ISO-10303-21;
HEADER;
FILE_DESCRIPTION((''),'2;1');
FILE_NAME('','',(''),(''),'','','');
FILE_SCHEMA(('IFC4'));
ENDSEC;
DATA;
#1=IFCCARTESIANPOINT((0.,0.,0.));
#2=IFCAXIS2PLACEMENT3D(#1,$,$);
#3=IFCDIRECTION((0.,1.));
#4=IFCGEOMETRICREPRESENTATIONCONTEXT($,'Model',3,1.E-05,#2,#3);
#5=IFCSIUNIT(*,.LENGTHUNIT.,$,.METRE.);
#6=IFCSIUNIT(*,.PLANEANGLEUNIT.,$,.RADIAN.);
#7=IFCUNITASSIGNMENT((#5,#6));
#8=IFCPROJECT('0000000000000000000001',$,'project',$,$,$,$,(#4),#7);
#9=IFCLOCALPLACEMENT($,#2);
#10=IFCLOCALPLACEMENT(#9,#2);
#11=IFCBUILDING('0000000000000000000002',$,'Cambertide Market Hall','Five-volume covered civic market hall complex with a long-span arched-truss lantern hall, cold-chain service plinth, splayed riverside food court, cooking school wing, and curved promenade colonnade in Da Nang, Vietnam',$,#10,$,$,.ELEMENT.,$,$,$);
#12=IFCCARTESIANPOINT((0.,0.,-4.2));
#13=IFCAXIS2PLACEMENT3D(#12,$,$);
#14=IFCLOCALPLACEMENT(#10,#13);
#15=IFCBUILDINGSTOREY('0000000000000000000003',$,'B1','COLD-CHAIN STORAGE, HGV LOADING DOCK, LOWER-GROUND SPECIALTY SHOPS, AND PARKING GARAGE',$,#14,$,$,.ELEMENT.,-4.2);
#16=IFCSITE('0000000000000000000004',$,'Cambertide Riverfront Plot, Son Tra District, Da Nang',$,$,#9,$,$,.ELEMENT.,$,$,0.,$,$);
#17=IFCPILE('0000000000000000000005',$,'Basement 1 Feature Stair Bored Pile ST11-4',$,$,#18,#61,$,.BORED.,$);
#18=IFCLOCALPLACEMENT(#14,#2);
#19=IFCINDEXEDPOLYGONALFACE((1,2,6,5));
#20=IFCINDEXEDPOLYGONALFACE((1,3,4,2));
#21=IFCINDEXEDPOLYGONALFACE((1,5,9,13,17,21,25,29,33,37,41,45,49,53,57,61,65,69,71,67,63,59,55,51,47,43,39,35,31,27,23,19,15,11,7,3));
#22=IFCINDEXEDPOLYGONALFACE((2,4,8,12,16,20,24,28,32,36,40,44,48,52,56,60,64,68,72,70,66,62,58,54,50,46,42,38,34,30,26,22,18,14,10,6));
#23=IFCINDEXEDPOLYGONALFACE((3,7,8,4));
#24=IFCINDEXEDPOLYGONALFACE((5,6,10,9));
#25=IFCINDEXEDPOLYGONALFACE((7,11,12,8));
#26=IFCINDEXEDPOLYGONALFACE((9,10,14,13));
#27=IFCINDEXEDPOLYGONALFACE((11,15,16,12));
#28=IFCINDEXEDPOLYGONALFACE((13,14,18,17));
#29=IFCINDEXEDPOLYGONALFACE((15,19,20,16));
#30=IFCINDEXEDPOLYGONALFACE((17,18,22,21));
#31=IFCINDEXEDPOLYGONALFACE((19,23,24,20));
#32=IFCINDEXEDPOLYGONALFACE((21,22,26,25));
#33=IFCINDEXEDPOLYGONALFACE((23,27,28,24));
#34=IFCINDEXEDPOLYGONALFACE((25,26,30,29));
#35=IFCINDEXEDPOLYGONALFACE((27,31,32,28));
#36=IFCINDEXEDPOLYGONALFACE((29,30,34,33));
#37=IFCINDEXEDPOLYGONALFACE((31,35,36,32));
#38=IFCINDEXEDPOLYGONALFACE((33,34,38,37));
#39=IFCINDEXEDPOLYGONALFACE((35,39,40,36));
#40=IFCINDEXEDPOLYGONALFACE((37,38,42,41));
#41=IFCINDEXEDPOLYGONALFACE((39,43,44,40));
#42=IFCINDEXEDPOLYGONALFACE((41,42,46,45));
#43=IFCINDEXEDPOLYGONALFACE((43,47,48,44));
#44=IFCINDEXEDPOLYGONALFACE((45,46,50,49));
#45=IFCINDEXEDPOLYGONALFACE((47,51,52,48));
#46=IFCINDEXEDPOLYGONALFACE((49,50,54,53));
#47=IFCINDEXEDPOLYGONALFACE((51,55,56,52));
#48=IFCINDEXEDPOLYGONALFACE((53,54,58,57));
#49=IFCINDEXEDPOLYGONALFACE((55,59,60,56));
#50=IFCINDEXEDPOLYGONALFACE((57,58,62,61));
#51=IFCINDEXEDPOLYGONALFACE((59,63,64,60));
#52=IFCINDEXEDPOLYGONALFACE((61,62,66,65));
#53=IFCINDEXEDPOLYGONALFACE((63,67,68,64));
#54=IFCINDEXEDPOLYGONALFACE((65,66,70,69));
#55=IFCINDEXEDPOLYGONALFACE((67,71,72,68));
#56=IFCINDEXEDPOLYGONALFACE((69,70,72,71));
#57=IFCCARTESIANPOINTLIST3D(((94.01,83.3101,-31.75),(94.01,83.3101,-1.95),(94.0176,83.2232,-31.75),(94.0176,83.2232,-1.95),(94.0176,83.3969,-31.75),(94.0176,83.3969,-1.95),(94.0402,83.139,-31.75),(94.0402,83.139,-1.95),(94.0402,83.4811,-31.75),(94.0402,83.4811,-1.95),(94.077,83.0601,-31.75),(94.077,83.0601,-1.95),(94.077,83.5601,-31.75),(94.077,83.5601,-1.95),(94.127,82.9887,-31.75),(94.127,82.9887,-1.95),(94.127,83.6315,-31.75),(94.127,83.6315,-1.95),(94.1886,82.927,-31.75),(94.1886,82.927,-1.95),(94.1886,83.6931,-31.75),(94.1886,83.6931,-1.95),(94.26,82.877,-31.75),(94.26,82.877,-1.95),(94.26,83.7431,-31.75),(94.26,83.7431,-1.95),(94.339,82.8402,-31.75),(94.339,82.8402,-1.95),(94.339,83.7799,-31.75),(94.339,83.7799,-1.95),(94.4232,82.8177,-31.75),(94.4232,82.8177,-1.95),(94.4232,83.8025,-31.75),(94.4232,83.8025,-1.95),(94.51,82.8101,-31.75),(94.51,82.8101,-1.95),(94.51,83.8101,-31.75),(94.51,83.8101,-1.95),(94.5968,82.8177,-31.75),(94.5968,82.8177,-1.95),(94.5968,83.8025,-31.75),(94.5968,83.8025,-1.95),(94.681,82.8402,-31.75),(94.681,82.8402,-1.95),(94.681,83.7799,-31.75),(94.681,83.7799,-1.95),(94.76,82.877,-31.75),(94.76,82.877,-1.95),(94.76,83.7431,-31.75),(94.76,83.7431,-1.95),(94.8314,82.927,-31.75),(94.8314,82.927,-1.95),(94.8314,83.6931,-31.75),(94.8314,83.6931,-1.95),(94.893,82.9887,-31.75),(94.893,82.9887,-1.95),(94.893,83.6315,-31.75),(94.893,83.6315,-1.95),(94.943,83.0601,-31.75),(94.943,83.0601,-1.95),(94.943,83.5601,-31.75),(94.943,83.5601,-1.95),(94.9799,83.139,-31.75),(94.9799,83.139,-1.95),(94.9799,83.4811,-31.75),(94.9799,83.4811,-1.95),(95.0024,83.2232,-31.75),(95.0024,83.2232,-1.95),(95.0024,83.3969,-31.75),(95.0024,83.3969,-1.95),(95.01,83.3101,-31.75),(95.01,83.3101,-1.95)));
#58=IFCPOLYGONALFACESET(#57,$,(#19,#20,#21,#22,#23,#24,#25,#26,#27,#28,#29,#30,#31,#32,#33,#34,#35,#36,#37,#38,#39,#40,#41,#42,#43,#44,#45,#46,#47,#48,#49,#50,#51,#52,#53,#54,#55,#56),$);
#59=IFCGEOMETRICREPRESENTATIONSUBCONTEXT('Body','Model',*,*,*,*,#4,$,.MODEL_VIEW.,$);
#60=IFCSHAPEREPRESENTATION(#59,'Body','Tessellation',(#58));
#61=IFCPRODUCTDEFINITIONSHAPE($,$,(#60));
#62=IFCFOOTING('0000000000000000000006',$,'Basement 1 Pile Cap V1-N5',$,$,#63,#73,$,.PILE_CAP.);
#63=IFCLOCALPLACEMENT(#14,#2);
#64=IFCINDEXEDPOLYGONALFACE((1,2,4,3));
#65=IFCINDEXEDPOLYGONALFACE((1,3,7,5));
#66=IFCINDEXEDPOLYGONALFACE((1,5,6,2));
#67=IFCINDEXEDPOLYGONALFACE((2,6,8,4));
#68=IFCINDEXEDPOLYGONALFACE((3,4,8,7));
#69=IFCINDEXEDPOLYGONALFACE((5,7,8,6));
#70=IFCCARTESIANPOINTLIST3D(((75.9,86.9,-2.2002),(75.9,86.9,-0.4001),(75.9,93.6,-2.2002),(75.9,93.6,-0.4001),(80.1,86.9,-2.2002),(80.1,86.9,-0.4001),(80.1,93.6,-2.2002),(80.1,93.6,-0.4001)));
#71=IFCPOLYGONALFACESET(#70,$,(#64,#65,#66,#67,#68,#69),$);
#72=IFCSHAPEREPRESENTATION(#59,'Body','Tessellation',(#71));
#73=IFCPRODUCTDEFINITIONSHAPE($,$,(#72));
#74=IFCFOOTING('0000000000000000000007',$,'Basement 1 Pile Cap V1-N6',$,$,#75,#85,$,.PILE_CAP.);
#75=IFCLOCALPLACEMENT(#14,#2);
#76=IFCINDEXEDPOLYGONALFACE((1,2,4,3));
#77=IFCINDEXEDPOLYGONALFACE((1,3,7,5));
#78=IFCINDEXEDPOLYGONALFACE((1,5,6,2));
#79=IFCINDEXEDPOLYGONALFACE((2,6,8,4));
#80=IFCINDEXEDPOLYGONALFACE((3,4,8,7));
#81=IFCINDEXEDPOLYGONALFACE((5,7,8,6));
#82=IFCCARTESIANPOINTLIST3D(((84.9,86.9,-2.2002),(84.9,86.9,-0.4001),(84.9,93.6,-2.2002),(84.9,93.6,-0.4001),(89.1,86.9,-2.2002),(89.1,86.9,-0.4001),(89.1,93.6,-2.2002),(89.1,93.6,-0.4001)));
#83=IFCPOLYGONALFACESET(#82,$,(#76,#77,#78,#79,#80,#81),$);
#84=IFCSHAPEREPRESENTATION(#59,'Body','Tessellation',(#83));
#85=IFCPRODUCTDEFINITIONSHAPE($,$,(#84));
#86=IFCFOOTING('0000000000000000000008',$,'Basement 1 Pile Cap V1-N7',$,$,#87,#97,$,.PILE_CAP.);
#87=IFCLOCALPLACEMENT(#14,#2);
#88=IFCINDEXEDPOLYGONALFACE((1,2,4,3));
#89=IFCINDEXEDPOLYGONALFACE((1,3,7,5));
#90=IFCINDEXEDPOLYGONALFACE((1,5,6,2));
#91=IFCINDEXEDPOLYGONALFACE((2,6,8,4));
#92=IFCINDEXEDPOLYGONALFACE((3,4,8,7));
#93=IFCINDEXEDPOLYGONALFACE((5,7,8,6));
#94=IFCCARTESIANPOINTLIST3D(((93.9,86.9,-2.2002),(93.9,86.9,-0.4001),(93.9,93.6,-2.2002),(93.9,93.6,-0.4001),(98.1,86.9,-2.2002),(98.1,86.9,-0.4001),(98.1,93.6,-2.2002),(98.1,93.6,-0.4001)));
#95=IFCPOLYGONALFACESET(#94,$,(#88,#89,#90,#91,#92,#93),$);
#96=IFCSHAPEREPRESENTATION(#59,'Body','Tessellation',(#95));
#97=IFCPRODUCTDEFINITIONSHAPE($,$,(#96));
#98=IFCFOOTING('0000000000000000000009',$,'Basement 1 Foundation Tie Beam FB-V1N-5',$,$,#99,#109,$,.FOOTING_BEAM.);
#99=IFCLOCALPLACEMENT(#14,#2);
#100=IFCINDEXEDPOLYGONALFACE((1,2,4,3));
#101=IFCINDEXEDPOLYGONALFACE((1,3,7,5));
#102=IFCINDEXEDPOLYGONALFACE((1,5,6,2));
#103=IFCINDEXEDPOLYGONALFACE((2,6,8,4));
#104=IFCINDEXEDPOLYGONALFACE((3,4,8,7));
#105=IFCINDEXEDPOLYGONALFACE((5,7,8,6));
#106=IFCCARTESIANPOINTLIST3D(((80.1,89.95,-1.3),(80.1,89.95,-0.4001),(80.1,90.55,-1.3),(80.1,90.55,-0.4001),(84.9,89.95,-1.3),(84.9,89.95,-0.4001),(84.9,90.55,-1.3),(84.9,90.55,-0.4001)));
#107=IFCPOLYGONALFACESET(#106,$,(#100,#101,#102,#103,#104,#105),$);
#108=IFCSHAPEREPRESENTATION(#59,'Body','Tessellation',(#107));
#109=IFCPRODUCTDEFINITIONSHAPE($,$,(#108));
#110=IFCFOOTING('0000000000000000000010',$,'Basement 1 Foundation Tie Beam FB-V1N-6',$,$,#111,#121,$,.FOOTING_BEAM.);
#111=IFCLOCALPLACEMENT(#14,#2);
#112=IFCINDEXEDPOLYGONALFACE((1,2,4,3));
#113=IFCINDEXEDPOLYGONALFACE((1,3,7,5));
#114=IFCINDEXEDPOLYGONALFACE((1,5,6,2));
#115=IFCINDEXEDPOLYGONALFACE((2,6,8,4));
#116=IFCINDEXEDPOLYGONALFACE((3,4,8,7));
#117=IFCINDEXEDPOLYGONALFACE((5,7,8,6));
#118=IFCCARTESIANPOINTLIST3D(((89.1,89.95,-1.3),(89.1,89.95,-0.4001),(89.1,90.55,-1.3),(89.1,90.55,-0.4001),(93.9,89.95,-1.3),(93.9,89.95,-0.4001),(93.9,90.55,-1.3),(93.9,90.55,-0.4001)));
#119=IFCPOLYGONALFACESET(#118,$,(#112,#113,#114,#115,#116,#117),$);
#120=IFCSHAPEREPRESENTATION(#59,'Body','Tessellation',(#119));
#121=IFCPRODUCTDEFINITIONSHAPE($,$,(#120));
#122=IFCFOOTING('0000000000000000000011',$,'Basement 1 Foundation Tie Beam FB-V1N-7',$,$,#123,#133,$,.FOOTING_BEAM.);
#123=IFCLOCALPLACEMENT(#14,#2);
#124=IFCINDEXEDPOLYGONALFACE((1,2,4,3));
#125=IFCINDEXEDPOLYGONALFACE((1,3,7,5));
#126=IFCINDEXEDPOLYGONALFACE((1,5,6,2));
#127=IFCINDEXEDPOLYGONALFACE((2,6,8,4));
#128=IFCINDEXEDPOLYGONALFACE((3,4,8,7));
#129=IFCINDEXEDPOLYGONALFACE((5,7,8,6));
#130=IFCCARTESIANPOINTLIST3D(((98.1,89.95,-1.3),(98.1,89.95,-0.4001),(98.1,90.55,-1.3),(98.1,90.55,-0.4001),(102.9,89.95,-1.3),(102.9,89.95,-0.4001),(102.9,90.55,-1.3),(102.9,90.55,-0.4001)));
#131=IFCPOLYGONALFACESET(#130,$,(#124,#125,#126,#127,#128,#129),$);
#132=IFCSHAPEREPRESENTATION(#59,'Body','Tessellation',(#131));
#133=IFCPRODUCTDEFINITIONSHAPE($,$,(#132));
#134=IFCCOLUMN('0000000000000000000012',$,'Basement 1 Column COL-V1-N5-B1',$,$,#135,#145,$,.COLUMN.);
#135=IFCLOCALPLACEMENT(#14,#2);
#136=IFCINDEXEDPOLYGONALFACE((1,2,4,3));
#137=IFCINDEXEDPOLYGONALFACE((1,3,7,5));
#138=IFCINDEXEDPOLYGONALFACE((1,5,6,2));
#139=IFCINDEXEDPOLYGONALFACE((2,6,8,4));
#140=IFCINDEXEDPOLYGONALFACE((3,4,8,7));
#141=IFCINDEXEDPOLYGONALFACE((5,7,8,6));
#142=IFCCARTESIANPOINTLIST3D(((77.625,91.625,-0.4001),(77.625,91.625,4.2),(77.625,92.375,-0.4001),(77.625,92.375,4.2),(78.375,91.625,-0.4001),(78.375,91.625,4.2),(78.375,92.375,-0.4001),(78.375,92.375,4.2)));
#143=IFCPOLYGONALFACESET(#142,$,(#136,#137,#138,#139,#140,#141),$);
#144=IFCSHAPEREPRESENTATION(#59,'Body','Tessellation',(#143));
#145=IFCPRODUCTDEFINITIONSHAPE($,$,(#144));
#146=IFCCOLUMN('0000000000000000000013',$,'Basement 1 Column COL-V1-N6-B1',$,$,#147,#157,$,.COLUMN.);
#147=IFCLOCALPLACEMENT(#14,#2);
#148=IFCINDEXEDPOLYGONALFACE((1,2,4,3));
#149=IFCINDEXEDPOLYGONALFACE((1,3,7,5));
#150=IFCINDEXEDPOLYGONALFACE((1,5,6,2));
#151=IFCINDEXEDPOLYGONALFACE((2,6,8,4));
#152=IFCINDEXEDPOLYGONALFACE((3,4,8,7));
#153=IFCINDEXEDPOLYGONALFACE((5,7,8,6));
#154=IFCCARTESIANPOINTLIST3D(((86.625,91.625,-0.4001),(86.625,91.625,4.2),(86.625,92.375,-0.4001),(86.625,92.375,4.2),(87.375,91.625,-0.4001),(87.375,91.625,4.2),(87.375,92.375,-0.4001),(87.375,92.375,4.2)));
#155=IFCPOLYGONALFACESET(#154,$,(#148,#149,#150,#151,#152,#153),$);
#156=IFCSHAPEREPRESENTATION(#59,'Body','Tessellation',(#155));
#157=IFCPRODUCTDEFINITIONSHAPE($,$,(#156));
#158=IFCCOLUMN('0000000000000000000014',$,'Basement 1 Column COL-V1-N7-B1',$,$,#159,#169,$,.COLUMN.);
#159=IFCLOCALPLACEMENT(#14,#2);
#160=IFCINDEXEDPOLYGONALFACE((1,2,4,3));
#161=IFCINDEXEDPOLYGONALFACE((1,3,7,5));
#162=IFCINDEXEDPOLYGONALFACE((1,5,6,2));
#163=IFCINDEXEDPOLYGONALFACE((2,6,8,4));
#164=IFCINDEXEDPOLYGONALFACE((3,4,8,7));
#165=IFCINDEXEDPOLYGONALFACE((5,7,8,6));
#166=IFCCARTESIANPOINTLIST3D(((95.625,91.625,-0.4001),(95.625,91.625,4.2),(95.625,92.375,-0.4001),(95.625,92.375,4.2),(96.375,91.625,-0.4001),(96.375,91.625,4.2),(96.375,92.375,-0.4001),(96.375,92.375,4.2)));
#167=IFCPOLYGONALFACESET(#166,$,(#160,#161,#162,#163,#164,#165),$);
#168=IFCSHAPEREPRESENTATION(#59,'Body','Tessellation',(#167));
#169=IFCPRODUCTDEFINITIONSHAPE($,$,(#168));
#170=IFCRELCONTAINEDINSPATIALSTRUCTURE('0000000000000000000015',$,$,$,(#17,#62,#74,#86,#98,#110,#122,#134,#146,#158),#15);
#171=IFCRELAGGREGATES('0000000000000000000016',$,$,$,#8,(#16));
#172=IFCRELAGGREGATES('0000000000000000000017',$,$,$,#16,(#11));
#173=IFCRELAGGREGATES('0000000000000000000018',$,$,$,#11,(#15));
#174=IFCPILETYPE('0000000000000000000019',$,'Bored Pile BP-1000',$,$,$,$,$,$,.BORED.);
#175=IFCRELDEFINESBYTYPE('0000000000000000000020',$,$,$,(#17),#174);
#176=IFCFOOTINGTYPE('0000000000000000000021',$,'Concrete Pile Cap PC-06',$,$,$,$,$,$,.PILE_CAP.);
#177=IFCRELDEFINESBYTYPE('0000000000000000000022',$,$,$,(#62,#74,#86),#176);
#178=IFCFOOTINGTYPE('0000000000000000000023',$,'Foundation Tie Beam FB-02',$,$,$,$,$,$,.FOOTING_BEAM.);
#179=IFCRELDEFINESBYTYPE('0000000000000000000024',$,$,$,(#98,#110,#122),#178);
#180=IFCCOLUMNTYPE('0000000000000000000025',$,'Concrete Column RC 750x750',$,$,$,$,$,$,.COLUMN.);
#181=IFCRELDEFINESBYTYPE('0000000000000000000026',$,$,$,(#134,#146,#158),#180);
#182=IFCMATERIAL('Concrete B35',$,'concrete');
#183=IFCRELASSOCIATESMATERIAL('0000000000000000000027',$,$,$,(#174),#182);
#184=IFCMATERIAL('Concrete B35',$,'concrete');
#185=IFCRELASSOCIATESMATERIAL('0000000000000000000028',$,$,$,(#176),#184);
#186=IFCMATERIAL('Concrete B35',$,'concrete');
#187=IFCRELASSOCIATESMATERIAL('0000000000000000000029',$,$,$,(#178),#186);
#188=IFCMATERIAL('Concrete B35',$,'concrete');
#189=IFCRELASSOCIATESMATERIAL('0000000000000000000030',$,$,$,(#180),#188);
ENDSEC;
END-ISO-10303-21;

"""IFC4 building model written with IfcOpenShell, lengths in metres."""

from ifc_helpers import new_model, si_unit, direction, frame, origin, origin_2d, place, context, subcontext, project, spatial, rectangle, circle, extrude, material, material_profile, profile_set, type_object, element, save


model = new_model("IFC4")

# Units and contexts
model_context = context("Model", 3, precision=1e-05, world=origin(), true_north=direction((0.0, 1.0)))
body_context = subcontext(model_context, "Body", "Model", "MODEL_VIEW")
ifc_project = project(units=[si_unit("LENGTHUNIT", "METRE"), si_unit("PLANEANGLEUNIT", "RADIAN")], contexts=[model_context])

# Site, building, storey
site_placement = place(None, origin())
site = spatial("IfcSite", under=ifc_project, at=site_placement, Name="Cambertide Riverfront Plot, Son Tra District, Da Nang", CompositionType="ELEMENT", RefElevation=0.0)
building_placement = place(site_placement, origin())
building = spatial("IfcBuilding", under=site, at=building_placement, Name="Cambertide Market Hall", Description="Five-volume covered civic market hall complex with a long-span arched-truss lantern hall, cold-chain service plinth, splayed riverside food court, cooking school wing, and curved promenade colonnade in Da Nang, Vietnam", CompositionType="ELEMENT")
storey_placement = place(building_placement, frame((0.0, 0.0, -4.2)))
storey = spatial("IfcBuildingStorey", under=building, at=storey_placement, Name="B1", Description="COLD-CHAIN STORAGE, HGV LOADING DOCK, LOWER-GROUND SPECIALTY SHOPS, AND PARKING GARAGE", CompositionType="ELEMENT", Elevation=-4.2)

# Pile
ifc_material_1 = material(Name="Concrete B35", Category="concrete")
ifc_material_profile_1 = material_profile(ifc_material_1, circle(Radius=0.5, at=origin_2d()), Name="BP D1000")
ifc_profile_set_1 = profile_set([ifc_material_profile_1], Name="Concrete B35")
pile_type = type_object("IfcPileType", Name="Bored Pile BP-1000", PredefinedType="BORED", material=ifc_profile_set_1)
for number, where, z_axis, x_axis, name in (
    (1, (94.51, 83.3101, -1.95), (0.0, 0.0, -1.0), (1.0, 0.0, 0.0), "Basement 1 Feature Stair Bored Pile ST11-4"),
):
    element("IfcPile", number, at=place(storey_placement, frame(where, z_axis=z_axis, x_axis=x_axis)), inside=storey, type_object=pile_type, Name=name, PredefinedType="BORED", context=body_context, shape_type="SweptSolid", body=[
        extrude(circle(Radius=0.5, at=origin_2d()), origin(), (0.0, 0.0, 1.0), 29.8),
    ])

# Footings
ifc_material_2 = material(Name="Concrete B35", Category="concrete")
footing_type_1 = type_object("IfcFootingType", Name="Concrete Pile Cap PC-06", PredefinedType="PILE_CAP", material=ifc_material_2)
for number, where, z_axis, x_axis, name in (
    (2, (78.0, 90.25, -2.2002), (0.0, 0.0, 1.0), (1.0, 0.0, 0.0), "Basement 1 Pile Cap V1-N5"),
    (3, (87.0, 90.25, -2.2002), (0.0, 0.0, 1.0), (1.0, 0.0, 0.0), "Basement 1 Pile Cap V1-N6"),
    (4, (96.0, 90.25, -2.2002), (0.0, 0.0, 1.0), (1.0, 0.0, 0.0), "Basement 1 Pile Cap V1-N7"),
):
    element("IfcFooting", number, at=place(storey_placement, frame(where, z_axis=z_axis, x_axis=x_axis)), inside=storey, type_object=footing_type_1, Name=name, PredefinedType="PILE_CAP", context=body_context, shape_type="SweptSolid", body=[
        extrude(rectangle(XDim=4.2, YDim=6.7, at=origin_2d()), origin(), (0.0, 0.0, 1.0), 1.8),
    ])
ifc_material_3 = material(Name="Concrete B35", Category="concrete")
footing_type_2 = type_object("IfcFootingType", Name="Foundation Tie Beam FB-02", PredefinedType="FOOTING_BEAM", material=ifc_material_3)
for number, where, z_axis, x_axis, name in (
    (5, (82.5, 90.25, -1.3), (0.0, 0.0, 1.0), (1.0, 0.0, 0.0), "Basement 1 Foundation Tie Beam FB-V1N-5"),
    (6, (91.5, 90.25, -1.3), (0.0, 0.0, 1.0), (1.0, 0.0, 0.0), "Basement 1 Foundation Tie Beam FB-V1N-6"),
    (7, (100.5, 90.25, -1.3), (0.0, 0.0, 1.0), (1.0, 0.0, 0.0), "Basement 1 Foundation Tie Beam FB-V1N-7"),
):
    element("IfcFooting", number, at=place(storey_placement, frame(where, z_axis=z_axis, x_axis=x_axis)), inside=storey, type_object=footing_type_2, Name=name, PredefinedType="FOOTING_BEAM", context=body_context, shape_type="SweptSolid", body=[
        extrude(rectangle(XDim=4.8, YDim=0.6001, at=origin_2d()), origin(), (0.0, 0.0, 1.0), 0.8999),
    ])

# Columns
ifc_material_4 = material(Name="Concrete B35", Category="concrete")
ifc_material_profile_2 = material_profile(ifc_material_4, rectangle(XDim=0.75, YDim=0.75, at=origin_2d()), Name="RC 750x750")
ifc_profile_set_2 = profile_set([ifc_material_profile_2], Name="Concrete B35")
column_type = type_object("IfcColumnType", Name="Concrete Column RC 750x750", PredefinedType="COLUMN", material=ifc_profile_set_2)
for number, where, z_axis, x_axis, name in (
    (8, (78.0, 92.0, -0.4001), (0.0, 0.0, 1.0), (0.0, 1.0, 0.0), "Basement 1 Column COL-V1-N5-B1"),
    (9, (87.0, 92.0, -0.4001), (0.0, 0.0, 1.0), (0.0, 1.0, 0.0), "Basement 1 Column COL-V1-N6-B1"),
    (10, (96.0, 92.0, -0.4001), (0.0, 0.0, 1.0), (0.0, 1.0, 0.0), "Basement 1 Column COL-V1-N7-B1"),
):
    element("IfcColumn", number, at=place(storey_placement, frame(where, z_axis=z_axis, x_axis=x_axis)), inside=storey, type_object=column_type, Name=name, PredefinedType="COLUMN", context=body_context, shape_type="SweptSolid", body=[
        extrude(rectangle(XDim=0.75, YDim=0.75, at=origin_2d()), origin(), (0.0, 0.0, 1.0), 4.6001),
    ])

save(model, "model.ifc")
